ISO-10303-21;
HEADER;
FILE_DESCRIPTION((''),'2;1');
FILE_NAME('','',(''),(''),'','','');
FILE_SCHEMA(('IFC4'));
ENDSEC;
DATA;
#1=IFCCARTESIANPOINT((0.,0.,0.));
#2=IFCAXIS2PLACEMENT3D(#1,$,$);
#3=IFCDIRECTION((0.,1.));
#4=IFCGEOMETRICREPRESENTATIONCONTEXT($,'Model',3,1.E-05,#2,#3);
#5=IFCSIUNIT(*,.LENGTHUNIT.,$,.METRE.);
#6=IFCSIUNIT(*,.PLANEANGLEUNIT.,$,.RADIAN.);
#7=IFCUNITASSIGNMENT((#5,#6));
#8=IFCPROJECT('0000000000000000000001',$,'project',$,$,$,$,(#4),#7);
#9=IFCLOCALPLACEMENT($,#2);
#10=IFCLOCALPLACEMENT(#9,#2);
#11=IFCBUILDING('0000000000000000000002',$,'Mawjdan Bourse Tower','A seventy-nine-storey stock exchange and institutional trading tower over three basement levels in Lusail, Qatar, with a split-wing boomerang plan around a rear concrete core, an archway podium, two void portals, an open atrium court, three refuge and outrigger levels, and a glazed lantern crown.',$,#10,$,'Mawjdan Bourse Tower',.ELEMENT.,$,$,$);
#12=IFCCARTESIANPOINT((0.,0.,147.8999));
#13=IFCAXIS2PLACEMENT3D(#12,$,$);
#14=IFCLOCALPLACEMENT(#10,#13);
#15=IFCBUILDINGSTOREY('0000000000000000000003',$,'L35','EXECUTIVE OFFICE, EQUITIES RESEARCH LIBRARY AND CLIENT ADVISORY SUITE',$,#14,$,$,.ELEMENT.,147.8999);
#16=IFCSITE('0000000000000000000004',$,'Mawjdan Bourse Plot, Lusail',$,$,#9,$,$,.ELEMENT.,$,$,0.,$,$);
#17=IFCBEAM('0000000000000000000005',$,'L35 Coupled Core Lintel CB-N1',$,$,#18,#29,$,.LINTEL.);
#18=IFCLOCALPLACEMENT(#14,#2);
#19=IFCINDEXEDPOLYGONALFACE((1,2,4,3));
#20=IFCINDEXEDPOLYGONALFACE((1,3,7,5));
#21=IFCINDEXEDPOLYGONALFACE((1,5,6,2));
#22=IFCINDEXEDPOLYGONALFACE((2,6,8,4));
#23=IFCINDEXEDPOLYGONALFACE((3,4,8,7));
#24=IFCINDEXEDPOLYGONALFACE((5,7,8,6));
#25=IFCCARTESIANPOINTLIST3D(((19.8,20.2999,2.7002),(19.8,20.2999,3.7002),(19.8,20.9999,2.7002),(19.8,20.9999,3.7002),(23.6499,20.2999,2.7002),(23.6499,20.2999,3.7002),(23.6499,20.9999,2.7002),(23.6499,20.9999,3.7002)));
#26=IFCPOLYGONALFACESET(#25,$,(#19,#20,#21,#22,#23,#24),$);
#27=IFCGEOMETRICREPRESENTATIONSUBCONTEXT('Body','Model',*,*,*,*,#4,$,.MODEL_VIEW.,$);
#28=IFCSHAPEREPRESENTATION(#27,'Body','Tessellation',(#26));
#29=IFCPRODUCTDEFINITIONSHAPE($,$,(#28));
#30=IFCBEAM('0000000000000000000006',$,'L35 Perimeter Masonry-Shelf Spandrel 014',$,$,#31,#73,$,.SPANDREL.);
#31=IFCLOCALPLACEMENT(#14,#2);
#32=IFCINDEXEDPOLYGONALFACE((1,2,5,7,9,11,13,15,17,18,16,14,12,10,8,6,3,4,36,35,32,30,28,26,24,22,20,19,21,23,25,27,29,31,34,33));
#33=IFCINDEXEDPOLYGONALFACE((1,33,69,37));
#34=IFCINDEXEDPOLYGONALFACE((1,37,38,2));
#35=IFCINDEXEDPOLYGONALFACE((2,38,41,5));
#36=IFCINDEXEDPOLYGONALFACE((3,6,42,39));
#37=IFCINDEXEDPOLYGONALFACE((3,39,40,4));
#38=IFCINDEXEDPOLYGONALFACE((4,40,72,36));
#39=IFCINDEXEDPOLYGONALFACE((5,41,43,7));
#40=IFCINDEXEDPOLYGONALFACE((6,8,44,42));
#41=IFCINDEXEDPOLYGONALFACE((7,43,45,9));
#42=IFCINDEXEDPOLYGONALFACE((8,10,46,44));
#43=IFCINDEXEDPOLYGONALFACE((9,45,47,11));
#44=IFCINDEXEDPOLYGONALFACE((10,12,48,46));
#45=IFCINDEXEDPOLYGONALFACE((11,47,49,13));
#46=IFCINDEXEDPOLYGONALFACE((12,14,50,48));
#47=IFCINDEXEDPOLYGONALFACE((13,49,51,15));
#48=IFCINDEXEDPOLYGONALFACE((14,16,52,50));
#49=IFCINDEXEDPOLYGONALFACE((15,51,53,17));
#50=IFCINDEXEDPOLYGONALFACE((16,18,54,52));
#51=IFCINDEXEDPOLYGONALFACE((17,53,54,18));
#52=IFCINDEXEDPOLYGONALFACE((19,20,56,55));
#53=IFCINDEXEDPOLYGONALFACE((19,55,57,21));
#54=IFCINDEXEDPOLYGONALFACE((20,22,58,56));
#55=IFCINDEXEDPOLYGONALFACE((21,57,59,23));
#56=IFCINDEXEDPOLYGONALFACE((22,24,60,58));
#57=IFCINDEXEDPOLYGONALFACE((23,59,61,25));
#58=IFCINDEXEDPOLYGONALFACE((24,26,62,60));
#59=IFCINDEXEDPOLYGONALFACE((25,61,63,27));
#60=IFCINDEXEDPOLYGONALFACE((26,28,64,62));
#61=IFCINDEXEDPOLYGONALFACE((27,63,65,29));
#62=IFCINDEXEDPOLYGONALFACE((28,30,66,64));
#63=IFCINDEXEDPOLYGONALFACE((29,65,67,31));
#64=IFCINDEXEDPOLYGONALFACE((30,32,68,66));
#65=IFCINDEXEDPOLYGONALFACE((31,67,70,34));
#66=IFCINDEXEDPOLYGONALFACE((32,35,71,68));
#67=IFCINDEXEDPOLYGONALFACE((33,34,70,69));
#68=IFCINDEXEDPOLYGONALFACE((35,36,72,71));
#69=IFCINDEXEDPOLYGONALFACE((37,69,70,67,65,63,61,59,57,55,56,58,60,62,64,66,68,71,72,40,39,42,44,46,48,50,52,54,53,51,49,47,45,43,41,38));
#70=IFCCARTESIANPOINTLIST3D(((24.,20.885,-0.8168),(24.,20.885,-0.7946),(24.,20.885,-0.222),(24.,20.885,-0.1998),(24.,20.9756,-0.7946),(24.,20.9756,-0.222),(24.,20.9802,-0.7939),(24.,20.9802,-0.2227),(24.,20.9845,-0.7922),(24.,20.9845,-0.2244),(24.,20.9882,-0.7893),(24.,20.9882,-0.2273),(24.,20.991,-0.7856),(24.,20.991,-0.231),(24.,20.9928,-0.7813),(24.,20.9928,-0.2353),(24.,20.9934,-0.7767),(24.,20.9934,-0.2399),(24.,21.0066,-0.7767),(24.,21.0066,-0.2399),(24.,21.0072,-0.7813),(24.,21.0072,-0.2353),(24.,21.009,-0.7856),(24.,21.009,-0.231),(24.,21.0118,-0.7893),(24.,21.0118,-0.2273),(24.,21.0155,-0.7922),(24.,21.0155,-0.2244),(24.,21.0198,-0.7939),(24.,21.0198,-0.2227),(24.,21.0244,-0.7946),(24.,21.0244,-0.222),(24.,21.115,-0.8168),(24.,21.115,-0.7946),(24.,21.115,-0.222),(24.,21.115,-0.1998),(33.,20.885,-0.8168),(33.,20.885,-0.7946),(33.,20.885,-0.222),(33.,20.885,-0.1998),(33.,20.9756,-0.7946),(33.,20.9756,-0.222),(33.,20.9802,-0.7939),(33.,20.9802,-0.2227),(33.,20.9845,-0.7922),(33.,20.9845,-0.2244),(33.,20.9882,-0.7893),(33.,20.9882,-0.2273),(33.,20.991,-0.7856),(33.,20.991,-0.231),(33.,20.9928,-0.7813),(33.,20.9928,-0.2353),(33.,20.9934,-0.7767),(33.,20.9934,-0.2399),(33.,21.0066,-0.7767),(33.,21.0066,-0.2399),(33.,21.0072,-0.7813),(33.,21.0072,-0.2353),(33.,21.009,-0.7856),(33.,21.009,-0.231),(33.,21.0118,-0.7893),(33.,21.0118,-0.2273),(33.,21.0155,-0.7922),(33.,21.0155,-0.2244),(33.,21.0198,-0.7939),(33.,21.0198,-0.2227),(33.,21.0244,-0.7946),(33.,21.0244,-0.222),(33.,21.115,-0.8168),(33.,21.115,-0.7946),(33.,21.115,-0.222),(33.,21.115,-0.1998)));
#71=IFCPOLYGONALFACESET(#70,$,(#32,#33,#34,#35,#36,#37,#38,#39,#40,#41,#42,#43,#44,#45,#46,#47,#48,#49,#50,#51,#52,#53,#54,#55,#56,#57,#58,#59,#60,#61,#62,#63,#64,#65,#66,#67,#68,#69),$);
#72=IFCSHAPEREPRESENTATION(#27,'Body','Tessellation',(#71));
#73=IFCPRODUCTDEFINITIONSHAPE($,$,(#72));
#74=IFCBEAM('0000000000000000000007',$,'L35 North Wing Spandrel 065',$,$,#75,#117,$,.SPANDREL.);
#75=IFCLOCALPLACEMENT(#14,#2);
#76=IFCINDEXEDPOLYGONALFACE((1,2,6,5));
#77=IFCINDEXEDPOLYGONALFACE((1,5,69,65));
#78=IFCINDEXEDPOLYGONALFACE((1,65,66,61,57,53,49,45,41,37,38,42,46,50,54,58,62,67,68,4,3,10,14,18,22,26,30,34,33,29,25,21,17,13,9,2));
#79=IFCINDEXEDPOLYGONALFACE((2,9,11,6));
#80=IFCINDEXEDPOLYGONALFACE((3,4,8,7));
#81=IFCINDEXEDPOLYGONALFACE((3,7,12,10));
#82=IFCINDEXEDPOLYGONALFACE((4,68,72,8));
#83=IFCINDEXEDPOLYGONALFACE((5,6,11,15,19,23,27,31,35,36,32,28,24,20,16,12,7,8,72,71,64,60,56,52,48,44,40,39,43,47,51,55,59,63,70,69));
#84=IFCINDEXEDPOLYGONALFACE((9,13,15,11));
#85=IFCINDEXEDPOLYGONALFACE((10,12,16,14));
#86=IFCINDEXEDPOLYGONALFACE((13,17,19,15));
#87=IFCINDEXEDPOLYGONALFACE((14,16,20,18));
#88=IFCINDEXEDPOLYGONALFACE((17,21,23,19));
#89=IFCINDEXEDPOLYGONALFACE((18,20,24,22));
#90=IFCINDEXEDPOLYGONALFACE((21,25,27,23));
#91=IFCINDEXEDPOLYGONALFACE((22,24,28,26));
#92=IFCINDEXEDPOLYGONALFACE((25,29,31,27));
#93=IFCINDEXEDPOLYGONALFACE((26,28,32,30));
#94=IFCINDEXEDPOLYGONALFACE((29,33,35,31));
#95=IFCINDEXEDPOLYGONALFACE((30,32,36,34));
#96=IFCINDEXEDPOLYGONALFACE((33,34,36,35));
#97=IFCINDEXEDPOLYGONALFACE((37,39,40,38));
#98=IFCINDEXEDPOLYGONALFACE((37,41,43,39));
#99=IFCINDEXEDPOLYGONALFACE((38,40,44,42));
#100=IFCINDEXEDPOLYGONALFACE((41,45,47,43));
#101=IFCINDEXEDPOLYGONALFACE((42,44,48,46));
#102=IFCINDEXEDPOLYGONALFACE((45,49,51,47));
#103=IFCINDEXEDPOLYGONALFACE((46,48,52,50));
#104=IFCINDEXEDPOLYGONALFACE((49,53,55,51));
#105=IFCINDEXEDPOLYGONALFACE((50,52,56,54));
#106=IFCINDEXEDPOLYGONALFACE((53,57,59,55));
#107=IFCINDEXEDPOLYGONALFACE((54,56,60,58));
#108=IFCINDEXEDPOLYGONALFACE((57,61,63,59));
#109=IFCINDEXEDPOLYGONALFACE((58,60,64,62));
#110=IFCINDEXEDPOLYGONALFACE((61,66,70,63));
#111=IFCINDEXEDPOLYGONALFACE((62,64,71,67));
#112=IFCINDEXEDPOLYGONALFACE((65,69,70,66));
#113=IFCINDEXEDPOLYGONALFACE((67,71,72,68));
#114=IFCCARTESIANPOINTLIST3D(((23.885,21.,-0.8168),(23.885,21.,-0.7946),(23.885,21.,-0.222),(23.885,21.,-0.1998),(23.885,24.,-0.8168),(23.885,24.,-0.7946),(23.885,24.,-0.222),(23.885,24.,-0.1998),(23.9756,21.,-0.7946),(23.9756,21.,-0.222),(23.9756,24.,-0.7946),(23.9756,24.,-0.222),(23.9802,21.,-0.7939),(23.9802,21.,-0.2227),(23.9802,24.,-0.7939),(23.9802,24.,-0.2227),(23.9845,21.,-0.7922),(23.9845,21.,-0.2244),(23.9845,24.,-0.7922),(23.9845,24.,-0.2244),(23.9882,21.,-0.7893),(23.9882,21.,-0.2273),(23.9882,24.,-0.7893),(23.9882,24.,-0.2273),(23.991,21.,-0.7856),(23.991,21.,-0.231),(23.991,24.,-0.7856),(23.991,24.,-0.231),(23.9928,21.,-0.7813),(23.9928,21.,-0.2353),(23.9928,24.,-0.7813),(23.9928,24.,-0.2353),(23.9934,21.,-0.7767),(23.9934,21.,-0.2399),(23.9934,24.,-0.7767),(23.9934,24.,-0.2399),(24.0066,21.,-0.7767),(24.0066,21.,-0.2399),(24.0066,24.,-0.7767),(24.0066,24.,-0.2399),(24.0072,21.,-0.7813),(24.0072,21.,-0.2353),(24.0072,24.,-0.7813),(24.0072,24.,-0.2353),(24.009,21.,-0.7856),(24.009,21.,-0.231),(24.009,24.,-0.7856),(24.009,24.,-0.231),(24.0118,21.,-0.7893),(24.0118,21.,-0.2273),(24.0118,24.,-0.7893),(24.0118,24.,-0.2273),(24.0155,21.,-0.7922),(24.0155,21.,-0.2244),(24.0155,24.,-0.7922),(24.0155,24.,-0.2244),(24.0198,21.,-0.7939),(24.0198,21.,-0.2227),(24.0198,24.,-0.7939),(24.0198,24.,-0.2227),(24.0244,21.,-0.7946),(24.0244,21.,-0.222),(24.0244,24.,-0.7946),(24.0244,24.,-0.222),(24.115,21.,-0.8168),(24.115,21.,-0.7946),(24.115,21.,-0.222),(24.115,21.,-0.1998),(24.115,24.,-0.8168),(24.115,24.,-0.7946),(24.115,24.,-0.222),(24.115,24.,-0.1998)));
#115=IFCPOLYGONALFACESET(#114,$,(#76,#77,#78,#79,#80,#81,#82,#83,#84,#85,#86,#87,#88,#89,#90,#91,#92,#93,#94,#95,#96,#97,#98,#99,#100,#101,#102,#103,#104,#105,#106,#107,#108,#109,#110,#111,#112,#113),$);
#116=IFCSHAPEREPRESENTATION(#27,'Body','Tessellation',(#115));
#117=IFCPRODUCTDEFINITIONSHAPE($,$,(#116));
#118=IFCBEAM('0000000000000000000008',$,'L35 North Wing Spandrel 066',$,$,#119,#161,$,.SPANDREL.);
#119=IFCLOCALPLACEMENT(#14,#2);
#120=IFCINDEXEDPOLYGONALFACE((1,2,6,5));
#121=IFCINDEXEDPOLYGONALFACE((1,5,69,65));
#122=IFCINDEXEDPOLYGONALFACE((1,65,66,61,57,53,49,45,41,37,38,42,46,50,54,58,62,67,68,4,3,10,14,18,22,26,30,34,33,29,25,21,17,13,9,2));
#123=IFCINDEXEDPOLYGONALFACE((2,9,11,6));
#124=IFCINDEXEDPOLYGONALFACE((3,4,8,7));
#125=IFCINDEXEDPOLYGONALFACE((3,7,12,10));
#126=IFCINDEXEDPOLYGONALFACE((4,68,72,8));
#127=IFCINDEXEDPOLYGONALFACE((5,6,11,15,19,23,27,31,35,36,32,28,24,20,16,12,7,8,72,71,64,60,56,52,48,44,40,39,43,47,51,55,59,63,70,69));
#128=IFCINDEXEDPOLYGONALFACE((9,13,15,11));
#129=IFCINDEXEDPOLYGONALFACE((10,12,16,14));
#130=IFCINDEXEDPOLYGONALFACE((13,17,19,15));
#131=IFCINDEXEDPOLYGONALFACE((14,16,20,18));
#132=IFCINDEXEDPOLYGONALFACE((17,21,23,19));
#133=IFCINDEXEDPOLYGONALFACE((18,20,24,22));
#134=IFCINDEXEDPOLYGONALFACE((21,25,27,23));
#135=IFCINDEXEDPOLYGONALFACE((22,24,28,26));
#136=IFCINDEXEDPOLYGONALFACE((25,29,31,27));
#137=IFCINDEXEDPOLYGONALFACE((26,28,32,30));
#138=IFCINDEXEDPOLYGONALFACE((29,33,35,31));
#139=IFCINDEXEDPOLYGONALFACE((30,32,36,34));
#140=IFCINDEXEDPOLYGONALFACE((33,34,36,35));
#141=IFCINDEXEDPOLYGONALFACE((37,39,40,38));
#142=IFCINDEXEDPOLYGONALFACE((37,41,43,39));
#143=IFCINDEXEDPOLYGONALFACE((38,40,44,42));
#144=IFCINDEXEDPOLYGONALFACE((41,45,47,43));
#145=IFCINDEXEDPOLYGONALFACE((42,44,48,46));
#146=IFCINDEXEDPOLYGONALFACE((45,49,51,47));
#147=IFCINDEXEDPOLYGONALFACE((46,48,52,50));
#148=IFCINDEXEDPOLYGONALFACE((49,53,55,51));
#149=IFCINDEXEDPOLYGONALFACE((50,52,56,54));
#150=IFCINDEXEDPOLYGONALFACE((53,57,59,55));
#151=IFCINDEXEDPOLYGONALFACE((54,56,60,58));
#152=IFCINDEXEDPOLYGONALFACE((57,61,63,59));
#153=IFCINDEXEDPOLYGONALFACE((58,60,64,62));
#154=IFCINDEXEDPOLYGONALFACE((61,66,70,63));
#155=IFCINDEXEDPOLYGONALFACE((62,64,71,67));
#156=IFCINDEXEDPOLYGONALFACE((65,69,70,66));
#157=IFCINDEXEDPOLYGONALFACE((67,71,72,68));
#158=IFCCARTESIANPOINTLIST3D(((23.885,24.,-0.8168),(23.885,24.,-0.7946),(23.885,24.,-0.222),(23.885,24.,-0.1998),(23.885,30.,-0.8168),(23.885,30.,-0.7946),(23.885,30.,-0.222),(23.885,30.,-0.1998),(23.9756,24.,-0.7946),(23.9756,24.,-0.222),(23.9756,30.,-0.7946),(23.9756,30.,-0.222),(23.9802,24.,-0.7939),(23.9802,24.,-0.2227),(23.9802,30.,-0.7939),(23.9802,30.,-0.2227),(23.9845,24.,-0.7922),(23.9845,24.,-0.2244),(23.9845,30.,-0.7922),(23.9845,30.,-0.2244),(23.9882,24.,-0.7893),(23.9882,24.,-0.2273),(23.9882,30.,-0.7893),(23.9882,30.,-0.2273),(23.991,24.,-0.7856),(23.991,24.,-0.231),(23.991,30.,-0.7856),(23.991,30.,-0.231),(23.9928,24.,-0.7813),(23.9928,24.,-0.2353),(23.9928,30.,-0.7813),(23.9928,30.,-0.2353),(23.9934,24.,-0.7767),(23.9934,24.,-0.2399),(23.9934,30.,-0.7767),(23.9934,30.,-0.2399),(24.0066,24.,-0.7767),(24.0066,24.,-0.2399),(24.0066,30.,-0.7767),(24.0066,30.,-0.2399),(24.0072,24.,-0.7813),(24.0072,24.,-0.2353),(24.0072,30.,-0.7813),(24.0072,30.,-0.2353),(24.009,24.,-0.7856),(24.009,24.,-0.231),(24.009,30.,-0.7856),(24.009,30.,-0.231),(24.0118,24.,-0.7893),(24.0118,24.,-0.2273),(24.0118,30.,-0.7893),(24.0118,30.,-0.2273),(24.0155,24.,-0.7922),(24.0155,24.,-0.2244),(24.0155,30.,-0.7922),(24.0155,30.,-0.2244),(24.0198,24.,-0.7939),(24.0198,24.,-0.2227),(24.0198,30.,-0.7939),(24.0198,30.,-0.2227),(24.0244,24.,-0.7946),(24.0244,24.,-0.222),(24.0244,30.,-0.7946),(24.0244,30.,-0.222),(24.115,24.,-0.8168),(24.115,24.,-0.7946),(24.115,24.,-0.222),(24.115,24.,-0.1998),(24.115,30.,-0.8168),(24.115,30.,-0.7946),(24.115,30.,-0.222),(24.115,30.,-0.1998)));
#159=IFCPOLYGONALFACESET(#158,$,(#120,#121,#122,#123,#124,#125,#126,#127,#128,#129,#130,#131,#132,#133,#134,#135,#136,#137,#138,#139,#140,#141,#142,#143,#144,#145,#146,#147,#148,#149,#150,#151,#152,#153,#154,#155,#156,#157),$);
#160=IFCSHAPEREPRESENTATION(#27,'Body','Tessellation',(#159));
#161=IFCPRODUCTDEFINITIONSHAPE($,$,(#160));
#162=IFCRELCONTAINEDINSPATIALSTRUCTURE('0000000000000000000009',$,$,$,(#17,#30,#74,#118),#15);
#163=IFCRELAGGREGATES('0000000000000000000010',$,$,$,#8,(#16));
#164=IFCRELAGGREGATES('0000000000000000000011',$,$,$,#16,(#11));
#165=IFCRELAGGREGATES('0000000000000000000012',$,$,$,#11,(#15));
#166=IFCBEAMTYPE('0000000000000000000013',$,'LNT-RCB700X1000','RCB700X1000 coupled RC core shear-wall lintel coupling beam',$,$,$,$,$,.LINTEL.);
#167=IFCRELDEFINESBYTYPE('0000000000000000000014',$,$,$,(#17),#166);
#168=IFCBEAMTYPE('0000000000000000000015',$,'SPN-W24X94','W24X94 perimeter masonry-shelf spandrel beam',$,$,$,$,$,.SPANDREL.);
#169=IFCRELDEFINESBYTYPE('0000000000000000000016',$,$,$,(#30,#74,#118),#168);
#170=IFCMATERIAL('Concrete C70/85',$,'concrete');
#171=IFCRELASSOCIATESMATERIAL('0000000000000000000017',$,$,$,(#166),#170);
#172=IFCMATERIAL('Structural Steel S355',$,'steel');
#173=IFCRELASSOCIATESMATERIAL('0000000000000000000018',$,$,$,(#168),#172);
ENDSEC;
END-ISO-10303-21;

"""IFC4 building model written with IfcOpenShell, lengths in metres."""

from ifc_helpers import new_model, si_unit, direction, frame, origin, origin_2d, place, context, subcontext, project, spatial, rectangle, i_section, extrude, material, material_profile, profile_set, type_object, element, save


model = new_model("IFC4")

# Units and contexts
model_context = context("Model", 3, precision=1e-05, world=origin(), true_north=direction((0.0, 1.0)))
body_context = subcontext(model_context, "Body", "Model", "MODEL_VIEW")
ifc_project = project(units=[si_unit("LENGTHUNIT", "METRE"), si_unit("PLANEANGLEUNIT", "RADIAN")], contexts=[model_context])

# Site, building, storey
site_placement = place(None, origin())
site = spatial("IfcSite", under=ifc_project, at=site_placement, Name="Mawjdan Bourse Plot, Lusail", CompositionType="ELEMENT", RefElevation=0.0)
building_placement = place(site_placement, origin())
building = spatial("IfcBuilding", under=site, at=building_placement, Name="Mawjdan Bourse Tower", Description="A seventy-nine-storey stock exchange and institutional trading tower over three basement levels in Lusail, Qatar, with a split-wing boomerang plan around a rear concrete core, an archway podium, two void portals, an open atrium court, three refuge and outrigger levels, and a glazed lantern crown.", LongName="Mawjdan Bourse Tower", CompositionType="ELEMENT")
storey_placement = place(building_placement, frame((0.0, 0.0, 147.8999)))
storey = spatial("IfcBuildingStorey", under=building, at=storey_placement, Name="L35", Description="EXECUTIVE OFFICE, EQUITIES RESEARCH LIBRARY AND CLIENT ADVISORY SUITE", CompositionType="ELEMENT", Elevation=147.8999)

# Shared definitions
ifc_material_1 = material(Name="Concrete C70/85", Category="concrete")

# Beams
ifc_material_2 = material(Name="Structural Steel S355", Category="steel")
ifc_material_profile_1 = material_profile(ifc_material_1, rectangle(XDim=0.7, YDim=1.0, at=origin_2d()), Name="RCB700X1000")
ifc_profile_set_1 = profile_set([ifc_material_profile_1], Name="Concrete C70/85")
beam_type_1 = type_object("IfcBeamType", Name="LNT-RCB700X1000", Description="RCB700X1000 coupled RC core shear-wall lintel coupling beam", PredefinedType="LINTEL", material=ifc_profile_set_1)
beam_1_placement = place(storey_placement, frame((19.8, 20.6499, 3.2002), z_axis=(1.0, 0.0, 0.0), x_axis=(0.0, 1.0, 0.0)))
element("IfcBeam", 1, at=beam_1_placement, inside=storey, type_object=beam_type_1, Name="L35 Coupled Core Lintel CB-N1", PredefinedType="LINTEL", context=body_context, shape_type="SweptSolid", body=[
    extrude(rectangle(XDim=0.7, YDim=1.0, at=origin_2d()), origin(), (0.0, 0.0, 1.0), 3.8499),
])
ifc_material_profile_2 = material_profile(ifc_material_2, i_section(OverallWidth=0.23, OverallDepth=0.6169, WebThickness=0.0132, FlangeThickness=0.0222, FilletRadius=0.0178, at=origin_2d()), Name="W24X94")
ifc_profile_set_2 = profile_set([ifc_material_profile_2], Name="Structural Steel S355")
beam_type_2 = type_object("IfcBeamType", Name="SPN-W24X94", Description="W24X94 perimeter masonry-shelf spandrel beam", PredefinedType="SPANDREL", material=ifc_profile_set_2)
beam_2_placement = place(storey_placement, frame((24.0, 21.0, -0.5083), z_axis=(1.0, 0.0, 0.0), x_axis=(0.0, 1.0, 0.0)))
element("IfcBeam", 2, at=beam_2_placement, inside=storey, type_object=beam_type_2, Name="L35 Perimeter Masonry-Shelf Spandrel 014", PredefinedType="SPANDREL", context=body_context, shape_type="SweptSolid", body=[
    extrude(i_section(OverallWidth=0.23, OverallDepth=0.6169, WebThickness=0.0132, FlangeThickness=0.0222, FilletRadius=0.0178, at=origin_2d()), origin(), (0.0, 0.0, 1.0), 9.0),
])
beam_3_placement = place(storey_placement, frame((24.0, 21.0, -0.5083), z_axis=(0.0, 1.0, 0.0), x_axis=(-1.0, 0.0, 0.0)))
element("IfcBeam", 3, at=beam_3_placement, inside=storey, type_object=beam_type_2, Name="L35 North Wing Spandrel 065", PredefinedType="SPANDREL", context=body_context, shape_type="SweptSolid", body=[
    extrude(i_section(OverallWidth=0.23, OverallDepth=0.6169, WebThickness=0.0132, FlangeThickness=0.0222, FilletRadius=0.0178, at=origin_2d()), origin(), (0.0, 0.0, 1.0), 3.0),
])
for number, where, z_axis, x_axis, name in (
    (4, (24.0, 24.0, -0.5083), (0.0, 1.0, 0.0), (-1.0, 0.0, 0.0), "L35 North Wing Spandrel 066"),
):
    element("IfcBeam", number, at=place(storey_placement, frame(where, z_axis=z_axis, x_axis=x_axis)), inside=storey, type_object=beam_type_2, Name=name, PredefinedType="SPANDREL", context=body_context, shape_type="SweptSolid", body=[
        extrude(i_section(OverallWidth=0.23, OverallDepth=0.6169, WebThickness=0.0132, FlangeThickness=0.0222, FilletRadius=0.0178, at=origin_2d()), origin(), (0.0, 0.0, 1.0), 6.0),
    ])

save(model, "model.ifc")
